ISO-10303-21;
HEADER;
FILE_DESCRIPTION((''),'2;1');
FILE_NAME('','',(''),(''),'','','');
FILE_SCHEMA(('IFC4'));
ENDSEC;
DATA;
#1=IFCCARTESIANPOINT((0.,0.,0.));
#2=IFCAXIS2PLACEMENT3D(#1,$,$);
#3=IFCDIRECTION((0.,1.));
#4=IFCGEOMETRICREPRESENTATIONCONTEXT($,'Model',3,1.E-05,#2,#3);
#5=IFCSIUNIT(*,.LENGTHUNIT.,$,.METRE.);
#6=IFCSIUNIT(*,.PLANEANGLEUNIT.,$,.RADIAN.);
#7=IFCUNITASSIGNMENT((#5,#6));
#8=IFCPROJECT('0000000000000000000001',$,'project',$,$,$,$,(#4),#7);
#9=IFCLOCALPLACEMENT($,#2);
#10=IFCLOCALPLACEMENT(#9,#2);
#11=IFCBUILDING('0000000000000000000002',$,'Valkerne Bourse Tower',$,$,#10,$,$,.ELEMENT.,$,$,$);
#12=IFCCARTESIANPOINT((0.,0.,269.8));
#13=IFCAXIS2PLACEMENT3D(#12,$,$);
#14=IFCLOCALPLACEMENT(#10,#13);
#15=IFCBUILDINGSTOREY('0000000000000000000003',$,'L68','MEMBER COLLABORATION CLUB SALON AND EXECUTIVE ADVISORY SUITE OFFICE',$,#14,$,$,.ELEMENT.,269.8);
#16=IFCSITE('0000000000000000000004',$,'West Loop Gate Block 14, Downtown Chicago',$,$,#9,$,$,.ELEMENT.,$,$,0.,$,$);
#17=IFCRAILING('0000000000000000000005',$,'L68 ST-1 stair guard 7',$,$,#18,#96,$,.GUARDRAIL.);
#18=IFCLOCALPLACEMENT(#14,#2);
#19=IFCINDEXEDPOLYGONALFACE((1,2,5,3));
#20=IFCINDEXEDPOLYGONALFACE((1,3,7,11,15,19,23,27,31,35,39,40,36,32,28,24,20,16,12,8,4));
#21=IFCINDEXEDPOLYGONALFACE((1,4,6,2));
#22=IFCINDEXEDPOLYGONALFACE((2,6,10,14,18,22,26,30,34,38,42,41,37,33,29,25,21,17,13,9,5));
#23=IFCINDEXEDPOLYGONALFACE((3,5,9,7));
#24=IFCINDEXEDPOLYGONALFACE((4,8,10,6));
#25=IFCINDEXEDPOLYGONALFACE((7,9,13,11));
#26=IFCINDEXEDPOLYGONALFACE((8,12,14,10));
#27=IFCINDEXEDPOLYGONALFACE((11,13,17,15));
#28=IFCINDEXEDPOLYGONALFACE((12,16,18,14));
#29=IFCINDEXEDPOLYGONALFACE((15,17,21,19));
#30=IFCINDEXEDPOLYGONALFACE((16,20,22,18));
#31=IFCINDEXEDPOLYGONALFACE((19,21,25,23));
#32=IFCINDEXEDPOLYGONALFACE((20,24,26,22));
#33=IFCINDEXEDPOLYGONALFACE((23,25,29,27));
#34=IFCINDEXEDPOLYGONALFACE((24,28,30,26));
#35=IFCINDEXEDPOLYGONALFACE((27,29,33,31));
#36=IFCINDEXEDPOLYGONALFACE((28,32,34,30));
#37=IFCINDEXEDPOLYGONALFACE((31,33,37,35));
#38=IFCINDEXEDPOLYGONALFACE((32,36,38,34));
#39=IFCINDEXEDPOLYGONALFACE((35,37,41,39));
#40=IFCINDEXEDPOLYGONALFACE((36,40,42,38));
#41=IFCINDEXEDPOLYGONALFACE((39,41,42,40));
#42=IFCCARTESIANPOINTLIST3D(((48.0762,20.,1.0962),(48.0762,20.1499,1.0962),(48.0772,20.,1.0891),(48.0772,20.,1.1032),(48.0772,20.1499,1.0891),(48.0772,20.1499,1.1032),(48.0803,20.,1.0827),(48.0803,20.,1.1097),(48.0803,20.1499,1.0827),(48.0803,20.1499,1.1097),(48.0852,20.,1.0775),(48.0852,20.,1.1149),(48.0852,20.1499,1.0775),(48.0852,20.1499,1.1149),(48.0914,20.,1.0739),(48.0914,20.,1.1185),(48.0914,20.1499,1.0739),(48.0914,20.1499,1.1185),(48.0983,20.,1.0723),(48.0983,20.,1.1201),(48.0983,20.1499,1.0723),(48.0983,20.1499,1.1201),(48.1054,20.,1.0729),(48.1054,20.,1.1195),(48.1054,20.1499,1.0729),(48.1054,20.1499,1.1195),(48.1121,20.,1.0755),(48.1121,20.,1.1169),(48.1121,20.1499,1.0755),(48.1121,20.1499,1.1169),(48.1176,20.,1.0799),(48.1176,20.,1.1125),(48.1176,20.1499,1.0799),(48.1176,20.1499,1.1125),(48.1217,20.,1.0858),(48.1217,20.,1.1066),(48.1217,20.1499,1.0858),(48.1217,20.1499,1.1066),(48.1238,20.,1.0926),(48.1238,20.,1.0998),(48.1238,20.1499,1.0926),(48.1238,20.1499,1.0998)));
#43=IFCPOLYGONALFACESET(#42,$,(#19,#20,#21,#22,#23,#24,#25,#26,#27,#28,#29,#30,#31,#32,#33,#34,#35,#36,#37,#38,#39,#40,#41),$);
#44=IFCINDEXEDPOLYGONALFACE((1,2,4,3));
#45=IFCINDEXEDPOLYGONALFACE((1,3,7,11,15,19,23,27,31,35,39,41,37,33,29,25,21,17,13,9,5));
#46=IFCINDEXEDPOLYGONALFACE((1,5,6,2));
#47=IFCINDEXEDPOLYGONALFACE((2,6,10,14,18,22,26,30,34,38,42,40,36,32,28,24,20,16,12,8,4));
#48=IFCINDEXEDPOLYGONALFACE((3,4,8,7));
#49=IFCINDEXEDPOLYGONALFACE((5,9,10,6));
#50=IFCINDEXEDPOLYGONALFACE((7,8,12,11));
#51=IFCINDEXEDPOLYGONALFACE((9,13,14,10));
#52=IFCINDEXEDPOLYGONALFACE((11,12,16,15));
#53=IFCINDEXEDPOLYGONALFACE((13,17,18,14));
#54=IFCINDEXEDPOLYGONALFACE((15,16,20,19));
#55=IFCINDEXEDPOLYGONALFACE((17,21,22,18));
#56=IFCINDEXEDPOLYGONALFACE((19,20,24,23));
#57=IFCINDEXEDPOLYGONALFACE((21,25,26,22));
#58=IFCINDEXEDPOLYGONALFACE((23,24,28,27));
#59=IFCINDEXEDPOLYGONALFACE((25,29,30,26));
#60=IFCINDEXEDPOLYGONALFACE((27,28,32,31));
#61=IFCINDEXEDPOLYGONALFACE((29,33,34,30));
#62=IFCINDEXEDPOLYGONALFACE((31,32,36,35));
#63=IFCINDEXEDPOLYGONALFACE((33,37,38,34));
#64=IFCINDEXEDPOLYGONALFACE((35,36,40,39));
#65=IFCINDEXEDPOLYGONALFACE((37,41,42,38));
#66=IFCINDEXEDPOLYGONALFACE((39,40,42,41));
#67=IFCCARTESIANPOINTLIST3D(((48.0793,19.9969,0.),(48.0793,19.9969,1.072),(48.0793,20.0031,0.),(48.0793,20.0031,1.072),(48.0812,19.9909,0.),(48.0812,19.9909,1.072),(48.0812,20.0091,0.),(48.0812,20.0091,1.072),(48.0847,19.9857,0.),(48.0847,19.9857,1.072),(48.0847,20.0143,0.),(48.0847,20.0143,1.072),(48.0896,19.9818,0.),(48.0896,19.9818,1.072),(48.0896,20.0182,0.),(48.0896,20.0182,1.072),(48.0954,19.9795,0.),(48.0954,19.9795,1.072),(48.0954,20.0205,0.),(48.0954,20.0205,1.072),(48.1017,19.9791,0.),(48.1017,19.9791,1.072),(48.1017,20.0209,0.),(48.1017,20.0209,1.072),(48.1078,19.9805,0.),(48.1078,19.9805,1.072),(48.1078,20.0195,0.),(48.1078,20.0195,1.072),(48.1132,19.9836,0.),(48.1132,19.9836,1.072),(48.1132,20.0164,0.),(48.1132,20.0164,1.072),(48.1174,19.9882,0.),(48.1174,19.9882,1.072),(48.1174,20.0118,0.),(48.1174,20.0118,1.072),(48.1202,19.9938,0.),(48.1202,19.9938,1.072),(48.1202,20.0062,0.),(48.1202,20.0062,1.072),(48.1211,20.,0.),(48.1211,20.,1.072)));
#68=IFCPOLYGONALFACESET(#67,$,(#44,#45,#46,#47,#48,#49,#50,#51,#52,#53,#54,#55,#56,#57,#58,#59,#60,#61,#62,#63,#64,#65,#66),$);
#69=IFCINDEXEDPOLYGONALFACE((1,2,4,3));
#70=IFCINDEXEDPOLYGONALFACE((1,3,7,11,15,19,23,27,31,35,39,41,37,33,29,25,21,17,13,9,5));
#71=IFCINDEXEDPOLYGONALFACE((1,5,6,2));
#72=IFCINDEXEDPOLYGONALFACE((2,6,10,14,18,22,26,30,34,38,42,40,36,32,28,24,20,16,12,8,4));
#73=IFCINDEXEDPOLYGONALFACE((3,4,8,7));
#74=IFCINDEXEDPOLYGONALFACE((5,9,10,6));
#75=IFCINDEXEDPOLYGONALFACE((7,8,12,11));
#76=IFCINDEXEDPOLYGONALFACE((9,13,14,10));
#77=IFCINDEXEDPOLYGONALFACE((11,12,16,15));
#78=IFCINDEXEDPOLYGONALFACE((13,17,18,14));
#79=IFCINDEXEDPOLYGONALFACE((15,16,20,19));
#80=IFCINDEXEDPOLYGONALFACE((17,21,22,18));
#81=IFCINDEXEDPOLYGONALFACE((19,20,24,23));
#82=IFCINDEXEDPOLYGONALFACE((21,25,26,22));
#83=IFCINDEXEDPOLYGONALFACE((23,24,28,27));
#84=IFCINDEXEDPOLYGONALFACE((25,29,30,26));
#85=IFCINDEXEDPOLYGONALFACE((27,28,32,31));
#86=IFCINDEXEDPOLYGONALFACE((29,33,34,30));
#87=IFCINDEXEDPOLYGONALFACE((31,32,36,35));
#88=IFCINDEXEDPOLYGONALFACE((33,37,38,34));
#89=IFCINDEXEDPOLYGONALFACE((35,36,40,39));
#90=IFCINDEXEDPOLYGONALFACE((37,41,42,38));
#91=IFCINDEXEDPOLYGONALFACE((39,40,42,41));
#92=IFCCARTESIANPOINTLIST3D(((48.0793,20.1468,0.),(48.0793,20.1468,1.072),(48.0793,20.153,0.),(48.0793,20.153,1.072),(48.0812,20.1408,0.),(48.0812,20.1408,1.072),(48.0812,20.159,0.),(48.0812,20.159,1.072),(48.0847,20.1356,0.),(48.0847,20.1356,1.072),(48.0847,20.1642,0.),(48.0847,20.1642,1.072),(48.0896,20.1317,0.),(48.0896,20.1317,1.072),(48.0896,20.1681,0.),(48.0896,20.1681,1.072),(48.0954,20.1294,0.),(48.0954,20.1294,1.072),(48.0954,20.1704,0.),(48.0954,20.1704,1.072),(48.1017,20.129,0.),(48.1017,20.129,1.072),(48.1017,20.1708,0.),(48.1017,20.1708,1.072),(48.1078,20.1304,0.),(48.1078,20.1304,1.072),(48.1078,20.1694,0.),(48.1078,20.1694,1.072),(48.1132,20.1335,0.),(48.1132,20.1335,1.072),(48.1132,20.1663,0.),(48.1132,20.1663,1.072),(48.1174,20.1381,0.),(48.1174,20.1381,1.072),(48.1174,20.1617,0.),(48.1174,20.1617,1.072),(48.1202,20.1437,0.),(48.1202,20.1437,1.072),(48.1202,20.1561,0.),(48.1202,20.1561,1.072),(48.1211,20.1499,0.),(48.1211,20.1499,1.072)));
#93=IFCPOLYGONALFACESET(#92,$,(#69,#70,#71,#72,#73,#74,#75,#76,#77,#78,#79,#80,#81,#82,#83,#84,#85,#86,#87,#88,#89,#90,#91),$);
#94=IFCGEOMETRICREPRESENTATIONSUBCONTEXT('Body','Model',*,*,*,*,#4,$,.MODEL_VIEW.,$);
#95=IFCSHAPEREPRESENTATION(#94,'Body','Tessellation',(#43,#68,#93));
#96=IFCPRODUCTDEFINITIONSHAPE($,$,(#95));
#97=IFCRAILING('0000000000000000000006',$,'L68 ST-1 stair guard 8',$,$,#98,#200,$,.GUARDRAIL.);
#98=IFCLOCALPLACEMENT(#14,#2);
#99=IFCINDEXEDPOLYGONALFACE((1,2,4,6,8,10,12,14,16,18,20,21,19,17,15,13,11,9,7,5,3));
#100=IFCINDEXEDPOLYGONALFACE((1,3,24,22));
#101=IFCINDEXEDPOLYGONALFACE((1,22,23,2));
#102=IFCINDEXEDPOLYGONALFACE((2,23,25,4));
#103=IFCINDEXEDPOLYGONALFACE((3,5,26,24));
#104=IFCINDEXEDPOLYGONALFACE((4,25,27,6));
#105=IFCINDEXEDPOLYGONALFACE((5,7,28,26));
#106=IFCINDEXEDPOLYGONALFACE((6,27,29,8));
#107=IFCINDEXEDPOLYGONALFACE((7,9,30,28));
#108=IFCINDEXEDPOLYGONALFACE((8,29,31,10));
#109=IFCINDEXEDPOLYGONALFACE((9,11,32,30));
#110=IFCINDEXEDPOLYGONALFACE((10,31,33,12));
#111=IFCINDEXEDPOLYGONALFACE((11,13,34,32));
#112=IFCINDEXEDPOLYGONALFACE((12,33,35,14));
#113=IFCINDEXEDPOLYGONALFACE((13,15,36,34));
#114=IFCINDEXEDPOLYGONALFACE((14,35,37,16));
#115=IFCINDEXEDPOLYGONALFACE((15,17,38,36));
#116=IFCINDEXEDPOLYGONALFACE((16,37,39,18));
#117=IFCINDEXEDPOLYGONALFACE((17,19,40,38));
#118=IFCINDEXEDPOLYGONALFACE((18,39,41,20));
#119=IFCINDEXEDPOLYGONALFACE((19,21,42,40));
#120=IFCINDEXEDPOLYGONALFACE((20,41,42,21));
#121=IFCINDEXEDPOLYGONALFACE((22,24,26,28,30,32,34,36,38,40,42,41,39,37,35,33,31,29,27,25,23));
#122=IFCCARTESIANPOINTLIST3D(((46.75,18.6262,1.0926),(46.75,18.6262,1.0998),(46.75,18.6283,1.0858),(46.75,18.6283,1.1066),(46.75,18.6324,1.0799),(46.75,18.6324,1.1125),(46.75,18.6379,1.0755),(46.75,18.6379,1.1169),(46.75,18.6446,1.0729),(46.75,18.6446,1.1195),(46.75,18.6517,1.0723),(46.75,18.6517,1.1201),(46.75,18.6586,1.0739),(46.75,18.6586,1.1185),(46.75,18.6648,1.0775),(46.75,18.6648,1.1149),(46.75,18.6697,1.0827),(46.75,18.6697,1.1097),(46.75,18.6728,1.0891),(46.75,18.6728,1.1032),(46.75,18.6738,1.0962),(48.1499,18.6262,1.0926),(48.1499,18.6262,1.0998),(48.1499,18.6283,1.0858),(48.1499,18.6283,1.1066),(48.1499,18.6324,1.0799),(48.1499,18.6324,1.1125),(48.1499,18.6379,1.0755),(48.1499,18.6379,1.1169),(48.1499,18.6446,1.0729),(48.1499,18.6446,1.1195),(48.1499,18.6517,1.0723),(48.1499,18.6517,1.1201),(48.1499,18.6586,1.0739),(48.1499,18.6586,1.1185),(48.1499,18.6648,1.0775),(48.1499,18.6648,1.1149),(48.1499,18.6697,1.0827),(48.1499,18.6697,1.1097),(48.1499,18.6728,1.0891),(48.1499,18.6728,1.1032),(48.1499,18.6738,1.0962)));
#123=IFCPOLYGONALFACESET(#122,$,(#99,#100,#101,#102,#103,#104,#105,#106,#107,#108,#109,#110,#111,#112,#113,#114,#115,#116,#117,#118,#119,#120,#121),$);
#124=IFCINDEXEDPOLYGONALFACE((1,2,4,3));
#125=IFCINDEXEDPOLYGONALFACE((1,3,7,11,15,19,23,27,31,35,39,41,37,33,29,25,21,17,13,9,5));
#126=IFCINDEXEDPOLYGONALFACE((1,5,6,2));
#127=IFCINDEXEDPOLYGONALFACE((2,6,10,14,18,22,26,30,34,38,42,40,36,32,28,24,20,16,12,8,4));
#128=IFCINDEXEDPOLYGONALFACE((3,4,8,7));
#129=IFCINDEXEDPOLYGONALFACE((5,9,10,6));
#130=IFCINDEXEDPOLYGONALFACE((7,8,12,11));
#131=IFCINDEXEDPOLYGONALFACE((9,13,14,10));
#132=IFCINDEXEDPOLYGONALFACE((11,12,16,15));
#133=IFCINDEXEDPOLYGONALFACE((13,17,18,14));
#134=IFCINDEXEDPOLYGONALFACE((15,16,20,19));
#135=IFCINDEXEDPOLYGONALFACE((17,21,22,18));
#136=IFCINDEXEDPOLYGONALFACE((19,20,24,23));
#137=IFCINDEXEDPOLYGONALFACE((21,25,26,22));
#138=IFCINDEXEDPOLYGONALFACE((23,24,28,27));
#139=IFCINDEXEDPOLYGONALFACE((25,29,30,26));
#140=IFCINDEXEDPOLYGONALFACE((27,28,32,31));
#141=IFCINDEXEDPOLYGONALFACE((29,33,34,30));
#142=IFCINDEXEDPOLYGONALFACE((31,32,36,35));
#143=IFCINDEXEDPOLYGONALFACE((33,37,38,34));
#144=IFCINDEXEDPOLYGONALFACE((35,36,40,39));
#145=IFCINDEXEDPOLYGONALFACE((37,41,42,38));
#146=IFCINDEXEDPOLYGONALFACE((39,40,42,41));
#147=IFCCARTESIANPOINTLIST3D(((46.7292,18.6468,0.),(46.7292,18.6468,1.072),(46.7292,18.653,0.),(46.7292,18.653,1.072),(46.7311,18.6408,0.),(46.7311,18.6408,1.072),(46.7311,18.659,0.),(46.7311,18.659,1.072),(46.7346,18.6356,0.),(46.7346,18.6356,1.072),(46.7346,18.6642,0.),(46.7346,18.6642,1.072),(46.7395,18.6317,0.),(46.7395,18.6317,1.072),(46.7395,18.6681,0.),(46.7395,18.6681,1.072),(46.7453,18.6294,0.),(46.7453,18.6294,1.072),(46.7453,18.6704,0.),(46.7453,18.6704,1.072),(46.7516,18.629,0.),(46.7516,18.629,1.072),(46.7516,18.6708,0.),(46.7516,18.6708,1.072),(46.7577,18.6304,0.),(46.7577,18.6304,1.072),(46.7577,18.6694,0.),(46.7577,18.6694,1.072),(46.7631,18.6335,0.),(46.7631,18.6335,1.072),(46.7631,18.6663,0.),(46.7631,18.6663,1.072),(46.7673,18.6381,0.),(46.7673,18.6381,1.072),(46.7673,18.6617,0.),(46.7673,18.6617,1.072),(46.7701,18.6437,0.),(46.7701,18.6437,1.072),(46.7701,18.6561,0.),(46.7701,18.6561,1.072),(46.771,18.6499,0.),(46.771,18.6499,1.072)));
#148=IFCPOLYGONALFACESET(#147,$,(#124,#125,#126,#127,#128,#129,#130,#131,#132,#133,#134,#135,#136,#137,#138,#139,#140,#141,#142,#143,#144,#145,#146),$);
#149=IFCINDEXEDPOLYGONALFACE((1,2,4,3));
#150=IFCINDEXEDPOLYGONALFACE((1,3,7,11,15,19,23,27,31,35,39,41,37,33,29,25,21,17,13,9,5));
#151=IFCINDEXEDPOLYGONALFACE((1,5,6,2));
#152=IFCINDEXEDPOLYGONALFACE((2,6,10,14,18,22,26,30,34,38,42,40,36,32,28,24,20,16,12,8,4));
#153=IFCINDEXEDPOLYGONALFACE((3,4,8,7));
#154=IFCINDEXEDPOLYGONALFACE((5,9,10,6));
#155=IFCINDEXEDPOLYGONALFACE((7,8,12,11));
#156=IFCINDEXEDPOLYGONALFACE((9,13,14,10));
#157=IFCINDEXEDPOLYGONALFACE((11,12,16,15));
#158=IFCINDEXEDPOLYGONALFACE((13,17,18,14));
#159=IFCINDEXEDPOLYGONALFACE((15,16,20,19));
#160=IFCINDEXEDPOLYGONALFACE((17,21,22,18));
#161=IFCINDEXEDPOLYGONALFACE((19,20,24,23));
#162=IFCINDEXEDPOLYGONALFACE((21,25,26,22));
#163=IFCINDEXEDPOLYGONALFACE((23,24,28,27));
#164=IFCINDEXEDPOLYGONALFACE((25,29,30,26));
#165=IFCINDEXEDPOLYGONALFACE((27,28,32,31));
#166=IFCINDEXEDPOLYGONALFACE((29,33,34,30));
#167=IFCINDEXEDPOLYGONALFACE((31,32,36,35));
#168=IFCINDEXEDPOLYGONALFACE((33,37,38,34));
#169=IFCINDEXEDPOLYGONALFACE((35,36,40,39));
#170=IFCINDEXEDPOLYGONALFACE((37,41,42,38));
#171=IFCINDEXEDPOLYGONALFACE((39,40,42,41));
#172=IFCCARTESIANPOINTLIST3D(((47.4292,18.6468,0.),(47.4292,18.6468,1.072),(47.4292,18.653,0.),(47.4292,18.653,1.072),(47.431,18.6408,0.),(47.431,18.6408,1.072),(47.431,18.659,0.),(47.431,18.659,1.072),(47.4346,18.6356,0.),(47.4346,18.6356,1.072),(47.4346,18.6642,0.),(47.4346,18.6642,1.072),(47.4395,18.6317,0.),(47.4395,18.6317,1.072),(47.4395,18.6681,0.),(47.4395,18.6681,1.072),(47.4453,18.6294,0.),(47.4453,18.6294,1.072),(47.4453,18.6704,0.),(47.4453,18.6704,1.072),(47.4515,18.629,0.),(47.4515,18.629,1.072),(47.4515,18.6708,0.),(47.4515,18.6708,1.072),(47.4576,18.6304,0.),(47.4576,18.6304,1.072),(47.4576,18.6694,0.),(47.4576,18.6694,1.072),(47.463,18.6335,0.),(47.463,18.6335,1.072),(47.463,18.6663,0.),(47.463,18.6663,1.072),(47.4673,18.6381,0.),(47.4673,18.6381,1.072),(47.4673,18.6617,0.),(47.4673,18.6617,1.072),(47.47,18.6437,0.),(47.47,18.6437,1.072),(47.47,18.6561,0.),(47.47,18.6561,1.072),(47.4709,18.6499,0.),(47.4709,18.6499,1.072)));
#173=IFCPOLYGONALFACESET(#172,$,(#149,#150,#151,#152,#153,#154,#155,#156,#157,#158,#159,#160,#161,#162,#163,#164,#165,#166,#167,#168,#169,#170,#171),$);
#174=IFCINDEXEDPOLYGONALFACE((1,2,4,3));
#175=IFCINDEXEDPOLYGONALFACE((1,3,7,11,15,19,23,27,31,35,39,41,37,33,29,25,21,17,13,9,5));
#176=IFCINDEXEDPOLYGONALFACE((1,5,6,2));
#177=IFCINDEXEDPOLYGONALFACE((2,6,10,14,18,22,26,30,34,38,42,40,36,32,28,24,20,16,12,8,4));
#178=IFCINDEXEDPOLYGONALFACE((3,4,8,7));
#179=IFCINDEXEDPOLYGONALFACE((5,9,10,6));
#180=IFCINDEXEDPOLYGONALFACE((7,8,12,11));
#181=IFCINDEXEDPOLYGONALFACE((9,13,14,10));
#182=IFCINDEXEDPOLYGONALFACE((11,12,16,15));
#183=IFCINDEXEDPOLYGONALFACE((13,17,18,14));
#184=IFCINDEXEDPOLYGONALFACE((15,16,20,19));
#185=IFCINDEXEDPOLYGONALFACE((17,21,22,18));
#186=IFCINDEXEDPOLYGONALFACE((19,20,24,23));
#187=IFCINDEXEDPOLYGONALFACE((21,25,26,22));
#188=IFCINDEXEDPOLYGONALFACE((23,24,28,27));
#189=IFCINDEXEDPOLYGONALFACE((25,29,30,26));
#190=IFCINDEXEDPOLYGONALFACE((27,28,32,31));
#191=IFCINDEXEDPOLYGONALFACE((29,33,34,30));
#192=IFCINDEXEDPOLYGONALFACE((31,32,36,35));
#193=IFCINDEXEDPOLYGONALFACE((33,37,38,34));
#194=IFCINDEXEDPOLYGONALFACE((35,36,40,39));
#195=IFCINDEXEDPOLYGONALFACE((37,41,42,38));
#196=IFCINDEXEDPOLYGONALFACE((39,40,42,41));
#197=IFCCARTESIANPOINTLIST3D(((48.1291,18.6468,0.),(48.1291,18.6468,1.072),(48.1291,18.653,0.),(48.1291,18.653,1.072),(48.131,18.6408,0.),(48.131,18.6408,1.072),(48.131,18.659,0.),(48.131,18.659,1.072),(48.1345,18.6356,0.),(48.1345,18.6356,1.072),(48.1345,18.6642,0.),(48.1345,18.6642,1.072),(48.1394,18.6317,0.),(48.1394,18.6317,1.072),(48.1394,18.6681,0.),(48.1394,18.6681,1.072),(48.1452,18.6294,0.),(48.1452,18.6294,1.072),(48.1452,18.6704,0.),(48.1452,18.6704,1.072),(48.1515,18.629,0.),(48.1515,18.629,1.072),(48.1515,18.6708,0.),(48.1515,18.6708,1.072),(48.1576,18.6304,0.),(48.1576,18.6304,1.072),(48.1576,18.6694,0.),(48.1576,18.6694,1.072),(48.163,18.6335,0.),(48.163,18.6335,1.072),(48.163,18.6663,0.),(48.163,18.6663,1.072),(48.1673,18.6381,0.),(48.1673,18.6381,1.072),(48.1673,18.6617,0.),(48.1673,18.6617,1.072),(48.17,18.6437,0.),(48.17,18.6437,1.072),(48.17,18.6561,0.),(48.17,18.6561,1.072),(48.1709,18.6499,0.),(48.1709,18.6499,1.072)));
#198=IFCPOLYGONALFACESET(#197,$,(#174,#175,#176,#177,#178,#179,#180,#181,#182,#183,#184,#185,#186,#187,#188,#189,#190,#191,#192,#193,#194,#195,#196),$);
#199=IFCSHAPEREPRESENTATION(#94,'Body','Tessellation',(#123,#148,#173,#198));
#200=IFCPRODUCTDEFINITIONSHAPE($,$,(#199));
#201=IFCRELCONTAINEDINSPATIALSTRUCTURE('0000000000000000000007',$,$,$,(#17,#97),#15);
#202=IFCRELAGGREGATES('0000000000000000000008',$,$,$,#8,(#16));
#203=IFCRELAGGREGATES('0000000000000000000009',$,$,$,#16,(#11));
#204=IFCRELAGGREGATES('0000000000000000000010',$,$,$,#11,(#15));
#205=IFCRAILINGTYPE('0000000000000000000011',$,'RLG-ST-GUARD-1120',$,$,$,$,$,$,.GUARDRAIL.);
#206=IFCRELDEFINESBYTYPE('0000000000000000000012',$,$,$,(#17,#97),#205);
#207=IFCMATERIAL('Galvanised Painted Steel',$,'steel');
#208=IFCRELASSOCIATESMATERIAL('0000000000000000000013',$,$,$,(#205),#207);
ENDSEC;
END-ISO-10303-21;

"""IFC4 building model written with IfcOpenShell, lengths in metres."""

from ifc_helpers import new_model, si_unit, direction, frame, origin, origin_2d, place, context, subcontext, project, spatial, circle, extrude, material, type_object, element, save


model = new_model("IFC4")

# Units and contexts
model_context = context("Model", 3, precision=1e-05, world=origin(), true_north=direction((0.0, 1.0)))
body_context = subcontext(model_context, "Body", "Model", "MODEL_VIEW")
ifc_project = project(units=[si_unit("LENGTHUNIT", "METRE"), si_unit("PLANEANGLEUNIT", "RADIAN")], contexts=[model_context])

# Site, building, storey
site_placement = place(None, origin())
site = spatial("IfcSite", under=ifc_project, at=site_placement, Name="West Loop Gate Block 14, Downtown Chicago", CompositionType="ELEMENT", RefElevation=0.0)
building_placement = place(site_placement, origin())
building = spatial("IfcBuilding", under=site, at=building_placement, Name="Valkerne Bourse Tower", CompositionType="ELEMENT")
storey_placement = place(building_placement, frame((0.0, 0.0, 269.8)))
storey = spatial("IfcBuildingStorey", under=building, at=storey_placement, Name="L68", Description="MEMBER COLLABORATION CLUB SALON AND EXECUTIVE ADVISORY SUITE OFFICE", CompositionType="ELEMENT", Elevation=269.8)

# Shared definitions
ifc_material_1 = material(Name="Galvanised Painted Steel", Category="steel")

# Railings
railing_type_1 = type_object("IfcRailingType", Name="RLG-ST-GUARD-1120", PredefinedType="GUARDRAIL", material=ifc_material_1)
railing_1_placement = place(storey_placement, frame((48.1001, 20.0, 0.0)))
element("IfcRailing", 1, at=railing_1_placement, inside=storey, type_object=railing_type_1, Name="L68 ST-1 stair guard 7", PredefinedType="GUARDRAIL", context=body_context, shape_type="SweptSolid", body=[
    extrude(circle(Radius=0.0239, at=origin_2d()), frame((0.0, 0.0, 1.0962), z_axis=(0.0, 1.0, 0.0), x_axis=(-1.0, 0.0, 0.0)), (0.0, 0.0, 1.0), 0.1499),
    extrude(circle(Radius=0.021, at=origin_2d()), origin(), (0.0, 0.0, 1.0), 1.072),
    extrude(circle(Radius=0.021, at=origin_2d()), frame((0.0, 0.1499, 0.0)), (0.0, 0.0, 1.0), 1.072),
])
for number, where, name in (
    (2, (46.75, 18.6499, 0.0), "L68 ST-1 stair guard 8"),
):
    element("IfcRailing", number, at=place(storey_placement, frame(where)), inside=storey, type_object=railing_type_1, Name=name, PredefinedType="GUARDRAIL", context=body_context, shape_type="SweptSolid", body=[
        extrude(circle(Radius=0.0239, at=origin_2d()), frame((0.0, 0.0, 1.0962), z_axis=(1.0, 0.0, 0.0), x_axis=(0.0, 1.0, 0.0)), (0.0, 0.0, 1.0), 1.3999),
        extrude(circle(Radius=0.021, at=origin_2d()), origin(), (0.0, 0.0, 1.0), 1.072),
        extrude(circle(Radius=0.021, at=origin_2d()), frame((0.7, 0.0, 0.0)), (0.0, 0.0, 1.0), 1.072),
        extrude(circle(Radius=0.021, at=origin_2d()), frame((1.3999, 0.0, 0.0)), (0.0, 0.0, 1.0), 1.072),
    ])

save(model, "model.ifc")
